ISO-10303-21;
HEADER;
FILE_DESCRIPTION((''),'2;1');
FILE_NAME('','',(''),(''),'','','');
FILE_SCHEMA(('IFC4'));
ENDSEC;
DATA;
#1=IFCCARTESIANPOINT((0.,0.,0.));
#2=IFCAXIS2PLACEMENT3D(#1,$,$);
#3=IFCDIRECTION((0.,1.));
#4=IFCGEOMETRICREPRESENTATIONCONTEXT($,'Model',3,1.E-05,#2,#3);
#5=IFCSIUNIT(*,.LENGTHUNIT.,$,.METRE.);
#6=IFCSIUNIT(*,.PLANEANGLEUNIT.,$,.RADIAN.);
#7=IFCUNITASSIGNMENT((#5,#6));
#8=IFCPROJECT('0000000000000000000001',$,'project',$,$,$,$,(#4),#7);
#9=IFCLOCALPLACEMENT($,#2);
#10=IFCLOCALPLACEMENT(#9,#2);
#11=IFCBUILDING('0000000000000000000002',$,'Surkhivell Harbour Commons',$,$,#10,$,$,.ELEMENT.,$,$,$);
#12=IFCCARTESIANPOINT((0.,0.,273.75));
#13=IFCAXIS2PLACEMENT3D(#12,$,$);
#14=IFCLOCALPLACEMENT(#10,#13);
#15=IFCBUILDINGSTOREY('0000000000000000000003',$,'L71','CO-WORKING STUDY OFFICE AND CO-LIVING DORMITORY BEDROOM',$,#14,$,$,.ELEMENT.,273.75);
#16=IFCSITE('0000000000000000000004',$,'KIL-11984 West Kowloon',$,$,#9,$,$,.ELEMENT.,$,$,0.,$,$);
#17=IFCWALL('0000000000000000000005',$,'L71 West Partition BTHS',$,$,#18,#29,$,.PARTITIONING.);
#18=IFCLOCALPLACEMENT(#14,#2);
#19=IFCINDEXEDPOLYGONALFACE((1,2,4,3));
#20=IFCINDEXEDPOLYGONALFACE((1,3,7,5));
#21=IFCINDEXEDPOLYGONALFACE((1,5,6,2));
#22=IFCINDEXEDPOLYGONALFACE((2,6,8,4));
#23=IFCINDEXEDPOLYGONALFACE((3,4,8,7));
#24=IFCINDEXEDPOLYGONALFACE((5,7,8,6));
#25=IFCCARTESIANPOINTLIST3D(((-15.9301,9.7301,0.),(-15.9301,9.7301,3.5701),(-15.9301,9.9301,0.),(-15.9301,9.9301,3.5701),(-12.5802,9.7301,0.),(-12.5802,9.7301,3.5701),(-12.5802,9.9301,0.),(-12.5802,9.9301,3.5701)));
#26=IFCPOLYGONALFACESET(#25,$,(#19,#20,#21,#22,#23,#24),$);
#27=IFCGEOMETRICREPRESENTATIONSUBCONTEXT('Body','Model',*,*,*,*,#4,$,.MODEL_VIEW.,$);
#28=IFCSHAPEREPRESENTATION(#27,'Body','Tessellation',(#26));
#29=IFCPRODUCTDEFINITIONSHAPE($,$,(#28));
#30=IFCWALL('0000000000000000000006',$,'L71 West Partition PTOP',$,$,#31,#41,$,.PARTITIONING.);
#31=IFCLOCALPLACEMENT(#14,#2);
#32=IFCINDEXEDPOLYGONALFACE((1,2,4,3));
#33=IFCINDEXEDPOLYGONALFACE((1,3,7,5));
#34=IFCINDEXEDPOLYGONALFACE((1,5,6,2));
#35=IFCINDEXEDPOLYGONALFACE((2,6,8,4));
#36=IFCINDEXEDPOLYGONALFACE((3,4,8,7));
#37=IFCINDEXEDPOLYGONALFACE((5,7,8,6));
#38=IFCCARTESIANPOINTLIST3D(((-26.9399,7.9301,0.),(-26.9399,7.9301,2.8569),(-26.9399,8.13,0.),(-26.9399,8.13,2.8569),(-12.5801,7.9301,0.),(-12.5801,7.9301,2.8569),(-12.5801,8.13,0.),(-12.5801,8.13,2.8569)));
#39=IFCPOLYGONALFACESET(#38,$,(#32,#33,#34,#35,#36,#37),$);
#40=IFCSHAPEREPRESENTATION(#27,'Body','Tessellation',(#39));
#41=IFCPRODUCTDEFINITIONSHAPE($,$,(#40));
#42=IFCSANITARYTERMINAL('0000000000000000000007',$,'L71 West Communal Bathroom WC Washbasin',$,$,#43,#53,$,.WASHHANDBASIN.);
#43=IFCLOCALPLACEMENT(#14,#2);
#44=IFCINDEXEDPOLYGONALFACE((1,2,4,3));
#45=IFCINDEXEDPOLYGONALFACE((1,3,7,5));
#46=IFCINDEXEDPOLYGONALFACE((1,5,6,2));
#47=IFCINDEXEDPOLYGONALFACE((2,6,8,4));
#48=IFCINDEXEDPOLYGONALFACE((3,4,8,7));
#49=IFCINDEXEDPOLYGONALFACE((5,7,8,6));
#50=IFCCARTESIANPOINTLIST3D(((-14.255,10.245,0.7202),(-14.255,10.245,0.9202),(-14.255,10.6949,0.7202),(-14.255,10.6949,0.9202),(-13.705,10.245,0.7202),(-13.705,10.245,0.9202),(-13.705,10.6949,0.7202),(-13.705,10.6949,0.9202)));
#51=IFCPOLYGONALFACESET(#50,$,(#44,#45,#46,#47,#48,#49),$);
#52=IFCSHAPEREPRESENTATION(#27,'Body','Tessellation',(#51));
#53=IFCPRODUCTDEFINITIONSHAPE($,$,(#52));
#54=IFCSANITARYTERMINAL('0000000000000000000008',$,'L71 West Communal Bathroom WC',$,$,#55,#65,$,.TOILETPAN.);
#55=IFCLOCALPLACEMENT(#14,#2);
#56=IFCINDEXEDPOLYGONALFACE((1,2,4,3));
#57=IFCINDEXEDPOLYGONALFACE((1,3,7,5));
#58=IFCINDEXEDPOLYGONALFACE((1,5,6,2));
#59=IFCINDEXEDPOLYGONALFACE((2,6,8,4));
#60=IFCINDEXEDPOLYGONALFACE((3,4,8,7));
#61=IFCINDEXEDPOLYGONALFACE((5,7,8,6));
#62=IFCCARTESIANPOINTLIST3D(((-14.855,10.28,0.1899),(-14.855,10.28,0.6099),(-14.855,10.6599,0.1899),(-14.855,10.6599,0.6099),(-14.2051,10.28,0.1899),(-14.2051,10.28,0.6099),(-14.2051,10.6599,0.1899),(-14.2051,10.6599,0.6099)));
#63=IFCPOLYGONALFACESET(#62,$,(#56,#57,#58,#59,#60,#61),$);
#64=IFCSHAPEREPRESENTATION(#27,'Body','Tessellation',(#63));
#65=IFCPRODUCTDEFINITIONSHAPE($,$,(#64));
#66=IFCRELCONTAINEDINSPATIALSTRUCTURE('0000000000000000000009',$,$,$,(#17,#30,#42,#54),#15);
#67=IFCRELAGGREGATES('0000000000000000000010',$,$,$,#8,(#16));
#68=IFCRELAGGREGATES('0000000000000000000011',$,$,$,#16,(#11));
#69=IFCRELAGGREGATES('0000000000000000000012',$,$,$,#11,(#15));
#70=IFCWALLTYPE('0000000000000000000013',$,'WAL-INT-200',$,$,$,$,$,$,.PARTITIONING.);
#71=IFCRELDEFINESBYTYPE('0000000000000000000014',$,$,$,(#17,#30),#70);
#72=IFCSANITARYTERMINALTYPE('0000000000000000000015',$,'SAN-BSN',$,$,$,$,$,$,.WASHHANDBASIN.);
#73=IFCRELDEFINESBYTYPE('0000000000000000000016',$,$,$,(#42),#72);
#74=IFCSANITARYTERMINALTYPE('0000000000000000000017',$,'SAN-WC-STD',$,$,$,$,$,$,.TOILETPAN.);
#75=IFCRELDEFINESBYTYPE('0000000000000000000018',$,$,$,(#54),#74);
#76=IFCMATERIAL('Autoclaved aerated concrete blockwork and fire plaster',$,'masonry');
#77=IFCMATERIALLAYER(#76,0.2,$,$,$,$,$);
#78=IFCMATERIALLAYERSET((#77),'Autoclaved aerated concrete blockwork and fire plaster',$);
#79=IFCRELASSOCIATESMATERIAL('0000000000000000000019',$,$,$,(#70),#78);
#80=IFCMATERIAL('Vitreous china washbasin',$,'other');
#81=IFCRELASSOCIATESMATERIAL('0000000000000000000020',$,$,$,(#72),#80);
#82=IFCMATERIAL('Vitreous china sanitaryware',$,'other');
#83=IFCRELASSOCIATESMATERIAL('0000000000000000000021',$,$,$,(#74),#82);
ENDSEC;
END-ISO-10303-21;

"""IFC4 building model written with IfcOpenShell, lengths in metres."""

from ifc_helpers import new_model, si_unit, direction, frame, frame_2d, origin, origin_2d, place, context, subcontext, project, spatial, rectangle, extrude, material, layer, layer_set, type_object, element, save


model = new_model("IFC4")

# Units and contexts
model_context = context("Model", 3, precision=1e-05, world=origin(), true_north=direction((0.0, 1.0)))
body_context = subcontext(model_context, "Body", "Model", "MODEL_VIEW")
ifc_project = project(units=[si_unit("LENGTHUNIT", "METRE"), si_unit("PLANEANGLEUNIT", "RADIAN")], contexts=[model_context])

# Site, building, storey
site_placement = place(None, origin())
site = spatial("IfcSite", under=ifc_project, at=site_placement, Name="KIL-11984 West Kowloon", CompositionType="ELEMENT", RefElevation=0.0)
building_placement = place(site_placement, origin())
building = spatial("IfcBuilding", under=site, at=building_placement, Name="Surkhivell Harbour Commons", CompositionType="ELEMENT")
storey_placement = place(building_placement, frame((0.0, 0.0, 273.75)))
storey = spatial("IfcBuildingStorey", under=building, at=storey_placement, Name="L71", Description="CO-WORKING STUDY OFFICE AND CO-LIVING DORMITORY BEDROOM", CompositionType="ELEMENT", Elevation=273.75)

# Walls
ifc_material_1 = material(Name="Autoclaved aerated concrete blockwork and fire plaster", Category="masonry")
ifc_layer_1 = layer(ifc_material_1, 0.2)
ifc_layer_set_1 = layer_set([ifc_layer_1], Name="Autoclaved aerated concrete blockwork and fire plaster")
wall_type_1 = type_object("IfcWallType", Name="WAL-INT-200", PredefinedType="PARTITIONING", material=ifc_layer_set_1)
wall_1_placement = place(storey_placement, frame((-15.9299, 9.8301, 0.0), z_axis=(0.0, 0.0, 1.0), x_axis=(1.0, 0.0, 0.0)))
element("IfcWall", 1, at=wall_1_placement, inside=storey, type_object=wall_type_1, Name="L71 West Partition BTHS", PredefinedType="PARTITIONING", context=body_context, shape_type="SweptSolid", body=[
    extrude(rectangle(XDim=3.3499, YDim=0.2, at=frame_2d((1.6748, 0.0))), origin(), (0.0, 0.0, 1.0), 3.5701),
])
wall_2_placement = place(storey_placement, frame((-26.9399, 8.03, 0.0), z_axis=(0.0, 0.0, 1.0), x_axis=(1.0, 0.0, 0.0)))
element("IfcWall", 2, at=wall_2_placement, inside=storey, type_object=wall_type_1, Name="L71 West Partition PTOP", PredefinedType="PARTITIONING", context=body_context, shape_type="SweptSolid", body=[
    extrude(rectangle(XDim=14.3599, YDim=0.2, at=frame_2d((7.1799, 0.0))), origin(), (0.0, 0.0, 1.0), 2.8569),
])

# Sanitary terminals
ifc_material_2 = material(Name="Vitreous china washbasin", Category="other")
sanitary_terminal_type_1 = type_object("IfcSanitaryTerminalType", Name="SAN-BSN", PredefinedType="WASHHANDBASIN", material=ifc_material_2)
sanitary_terminal_1_placement = place(storey_placement, frame((-13.98, 10.47, 0.7202), z_axis=(0.0, 0.0, 1.0), x_axis=(1.0, 0.0, 0.0)))
element("IfcSanitaryTerminal", 3, at=sanitary_terminal_1_placement, inside=storey, type_object=sanitary_terminal_type_1, Name="L71 West Communal Bathroom WC Washbasin", PredefinedType="WASHHANDBASIN", context=body_context, shape_type="SweptSolid", body=[
    extrude(rectangle(XDim=0.55, YDim=0.45, at=origin_2d()), origin(), (0.0, 0.0, 1.0), 0.2),
])
ifc_material_3 = material(Name="Vitreous china sanitaryware", Category="other")
sanitary_terminal_type_2 = type_object("IfcSanitaryTerminalType", Name="SAN-WC-STD", PredefinedType="TOILETPAN", material=ifc_material_3)
sanitary_terminal_2_placement = place(storey_placement, frame((-14.53, 10.47, 0.1899), z_axis=(0.0, 0.0, 1.0), x_axis=(1.0, 0.0, 0.0)))
element("IfcSanitaryTerminal", 4, at=sanitary_terminal_2_placement, inside=storey, type_object=sanitary_terminal_type_2, Name="L71 West Communal Bathroom WC", PredefinedType="TOILETPAN", context=body_context, shape_type="SweptSolid", body=[
    extrude(rectangle(XDim=0.6499, YDim=0.3799, at=origin_2d()), origin(), (0.0, 0.0, 1.0), 0.4199),
])

save(model, "model.ifc")
